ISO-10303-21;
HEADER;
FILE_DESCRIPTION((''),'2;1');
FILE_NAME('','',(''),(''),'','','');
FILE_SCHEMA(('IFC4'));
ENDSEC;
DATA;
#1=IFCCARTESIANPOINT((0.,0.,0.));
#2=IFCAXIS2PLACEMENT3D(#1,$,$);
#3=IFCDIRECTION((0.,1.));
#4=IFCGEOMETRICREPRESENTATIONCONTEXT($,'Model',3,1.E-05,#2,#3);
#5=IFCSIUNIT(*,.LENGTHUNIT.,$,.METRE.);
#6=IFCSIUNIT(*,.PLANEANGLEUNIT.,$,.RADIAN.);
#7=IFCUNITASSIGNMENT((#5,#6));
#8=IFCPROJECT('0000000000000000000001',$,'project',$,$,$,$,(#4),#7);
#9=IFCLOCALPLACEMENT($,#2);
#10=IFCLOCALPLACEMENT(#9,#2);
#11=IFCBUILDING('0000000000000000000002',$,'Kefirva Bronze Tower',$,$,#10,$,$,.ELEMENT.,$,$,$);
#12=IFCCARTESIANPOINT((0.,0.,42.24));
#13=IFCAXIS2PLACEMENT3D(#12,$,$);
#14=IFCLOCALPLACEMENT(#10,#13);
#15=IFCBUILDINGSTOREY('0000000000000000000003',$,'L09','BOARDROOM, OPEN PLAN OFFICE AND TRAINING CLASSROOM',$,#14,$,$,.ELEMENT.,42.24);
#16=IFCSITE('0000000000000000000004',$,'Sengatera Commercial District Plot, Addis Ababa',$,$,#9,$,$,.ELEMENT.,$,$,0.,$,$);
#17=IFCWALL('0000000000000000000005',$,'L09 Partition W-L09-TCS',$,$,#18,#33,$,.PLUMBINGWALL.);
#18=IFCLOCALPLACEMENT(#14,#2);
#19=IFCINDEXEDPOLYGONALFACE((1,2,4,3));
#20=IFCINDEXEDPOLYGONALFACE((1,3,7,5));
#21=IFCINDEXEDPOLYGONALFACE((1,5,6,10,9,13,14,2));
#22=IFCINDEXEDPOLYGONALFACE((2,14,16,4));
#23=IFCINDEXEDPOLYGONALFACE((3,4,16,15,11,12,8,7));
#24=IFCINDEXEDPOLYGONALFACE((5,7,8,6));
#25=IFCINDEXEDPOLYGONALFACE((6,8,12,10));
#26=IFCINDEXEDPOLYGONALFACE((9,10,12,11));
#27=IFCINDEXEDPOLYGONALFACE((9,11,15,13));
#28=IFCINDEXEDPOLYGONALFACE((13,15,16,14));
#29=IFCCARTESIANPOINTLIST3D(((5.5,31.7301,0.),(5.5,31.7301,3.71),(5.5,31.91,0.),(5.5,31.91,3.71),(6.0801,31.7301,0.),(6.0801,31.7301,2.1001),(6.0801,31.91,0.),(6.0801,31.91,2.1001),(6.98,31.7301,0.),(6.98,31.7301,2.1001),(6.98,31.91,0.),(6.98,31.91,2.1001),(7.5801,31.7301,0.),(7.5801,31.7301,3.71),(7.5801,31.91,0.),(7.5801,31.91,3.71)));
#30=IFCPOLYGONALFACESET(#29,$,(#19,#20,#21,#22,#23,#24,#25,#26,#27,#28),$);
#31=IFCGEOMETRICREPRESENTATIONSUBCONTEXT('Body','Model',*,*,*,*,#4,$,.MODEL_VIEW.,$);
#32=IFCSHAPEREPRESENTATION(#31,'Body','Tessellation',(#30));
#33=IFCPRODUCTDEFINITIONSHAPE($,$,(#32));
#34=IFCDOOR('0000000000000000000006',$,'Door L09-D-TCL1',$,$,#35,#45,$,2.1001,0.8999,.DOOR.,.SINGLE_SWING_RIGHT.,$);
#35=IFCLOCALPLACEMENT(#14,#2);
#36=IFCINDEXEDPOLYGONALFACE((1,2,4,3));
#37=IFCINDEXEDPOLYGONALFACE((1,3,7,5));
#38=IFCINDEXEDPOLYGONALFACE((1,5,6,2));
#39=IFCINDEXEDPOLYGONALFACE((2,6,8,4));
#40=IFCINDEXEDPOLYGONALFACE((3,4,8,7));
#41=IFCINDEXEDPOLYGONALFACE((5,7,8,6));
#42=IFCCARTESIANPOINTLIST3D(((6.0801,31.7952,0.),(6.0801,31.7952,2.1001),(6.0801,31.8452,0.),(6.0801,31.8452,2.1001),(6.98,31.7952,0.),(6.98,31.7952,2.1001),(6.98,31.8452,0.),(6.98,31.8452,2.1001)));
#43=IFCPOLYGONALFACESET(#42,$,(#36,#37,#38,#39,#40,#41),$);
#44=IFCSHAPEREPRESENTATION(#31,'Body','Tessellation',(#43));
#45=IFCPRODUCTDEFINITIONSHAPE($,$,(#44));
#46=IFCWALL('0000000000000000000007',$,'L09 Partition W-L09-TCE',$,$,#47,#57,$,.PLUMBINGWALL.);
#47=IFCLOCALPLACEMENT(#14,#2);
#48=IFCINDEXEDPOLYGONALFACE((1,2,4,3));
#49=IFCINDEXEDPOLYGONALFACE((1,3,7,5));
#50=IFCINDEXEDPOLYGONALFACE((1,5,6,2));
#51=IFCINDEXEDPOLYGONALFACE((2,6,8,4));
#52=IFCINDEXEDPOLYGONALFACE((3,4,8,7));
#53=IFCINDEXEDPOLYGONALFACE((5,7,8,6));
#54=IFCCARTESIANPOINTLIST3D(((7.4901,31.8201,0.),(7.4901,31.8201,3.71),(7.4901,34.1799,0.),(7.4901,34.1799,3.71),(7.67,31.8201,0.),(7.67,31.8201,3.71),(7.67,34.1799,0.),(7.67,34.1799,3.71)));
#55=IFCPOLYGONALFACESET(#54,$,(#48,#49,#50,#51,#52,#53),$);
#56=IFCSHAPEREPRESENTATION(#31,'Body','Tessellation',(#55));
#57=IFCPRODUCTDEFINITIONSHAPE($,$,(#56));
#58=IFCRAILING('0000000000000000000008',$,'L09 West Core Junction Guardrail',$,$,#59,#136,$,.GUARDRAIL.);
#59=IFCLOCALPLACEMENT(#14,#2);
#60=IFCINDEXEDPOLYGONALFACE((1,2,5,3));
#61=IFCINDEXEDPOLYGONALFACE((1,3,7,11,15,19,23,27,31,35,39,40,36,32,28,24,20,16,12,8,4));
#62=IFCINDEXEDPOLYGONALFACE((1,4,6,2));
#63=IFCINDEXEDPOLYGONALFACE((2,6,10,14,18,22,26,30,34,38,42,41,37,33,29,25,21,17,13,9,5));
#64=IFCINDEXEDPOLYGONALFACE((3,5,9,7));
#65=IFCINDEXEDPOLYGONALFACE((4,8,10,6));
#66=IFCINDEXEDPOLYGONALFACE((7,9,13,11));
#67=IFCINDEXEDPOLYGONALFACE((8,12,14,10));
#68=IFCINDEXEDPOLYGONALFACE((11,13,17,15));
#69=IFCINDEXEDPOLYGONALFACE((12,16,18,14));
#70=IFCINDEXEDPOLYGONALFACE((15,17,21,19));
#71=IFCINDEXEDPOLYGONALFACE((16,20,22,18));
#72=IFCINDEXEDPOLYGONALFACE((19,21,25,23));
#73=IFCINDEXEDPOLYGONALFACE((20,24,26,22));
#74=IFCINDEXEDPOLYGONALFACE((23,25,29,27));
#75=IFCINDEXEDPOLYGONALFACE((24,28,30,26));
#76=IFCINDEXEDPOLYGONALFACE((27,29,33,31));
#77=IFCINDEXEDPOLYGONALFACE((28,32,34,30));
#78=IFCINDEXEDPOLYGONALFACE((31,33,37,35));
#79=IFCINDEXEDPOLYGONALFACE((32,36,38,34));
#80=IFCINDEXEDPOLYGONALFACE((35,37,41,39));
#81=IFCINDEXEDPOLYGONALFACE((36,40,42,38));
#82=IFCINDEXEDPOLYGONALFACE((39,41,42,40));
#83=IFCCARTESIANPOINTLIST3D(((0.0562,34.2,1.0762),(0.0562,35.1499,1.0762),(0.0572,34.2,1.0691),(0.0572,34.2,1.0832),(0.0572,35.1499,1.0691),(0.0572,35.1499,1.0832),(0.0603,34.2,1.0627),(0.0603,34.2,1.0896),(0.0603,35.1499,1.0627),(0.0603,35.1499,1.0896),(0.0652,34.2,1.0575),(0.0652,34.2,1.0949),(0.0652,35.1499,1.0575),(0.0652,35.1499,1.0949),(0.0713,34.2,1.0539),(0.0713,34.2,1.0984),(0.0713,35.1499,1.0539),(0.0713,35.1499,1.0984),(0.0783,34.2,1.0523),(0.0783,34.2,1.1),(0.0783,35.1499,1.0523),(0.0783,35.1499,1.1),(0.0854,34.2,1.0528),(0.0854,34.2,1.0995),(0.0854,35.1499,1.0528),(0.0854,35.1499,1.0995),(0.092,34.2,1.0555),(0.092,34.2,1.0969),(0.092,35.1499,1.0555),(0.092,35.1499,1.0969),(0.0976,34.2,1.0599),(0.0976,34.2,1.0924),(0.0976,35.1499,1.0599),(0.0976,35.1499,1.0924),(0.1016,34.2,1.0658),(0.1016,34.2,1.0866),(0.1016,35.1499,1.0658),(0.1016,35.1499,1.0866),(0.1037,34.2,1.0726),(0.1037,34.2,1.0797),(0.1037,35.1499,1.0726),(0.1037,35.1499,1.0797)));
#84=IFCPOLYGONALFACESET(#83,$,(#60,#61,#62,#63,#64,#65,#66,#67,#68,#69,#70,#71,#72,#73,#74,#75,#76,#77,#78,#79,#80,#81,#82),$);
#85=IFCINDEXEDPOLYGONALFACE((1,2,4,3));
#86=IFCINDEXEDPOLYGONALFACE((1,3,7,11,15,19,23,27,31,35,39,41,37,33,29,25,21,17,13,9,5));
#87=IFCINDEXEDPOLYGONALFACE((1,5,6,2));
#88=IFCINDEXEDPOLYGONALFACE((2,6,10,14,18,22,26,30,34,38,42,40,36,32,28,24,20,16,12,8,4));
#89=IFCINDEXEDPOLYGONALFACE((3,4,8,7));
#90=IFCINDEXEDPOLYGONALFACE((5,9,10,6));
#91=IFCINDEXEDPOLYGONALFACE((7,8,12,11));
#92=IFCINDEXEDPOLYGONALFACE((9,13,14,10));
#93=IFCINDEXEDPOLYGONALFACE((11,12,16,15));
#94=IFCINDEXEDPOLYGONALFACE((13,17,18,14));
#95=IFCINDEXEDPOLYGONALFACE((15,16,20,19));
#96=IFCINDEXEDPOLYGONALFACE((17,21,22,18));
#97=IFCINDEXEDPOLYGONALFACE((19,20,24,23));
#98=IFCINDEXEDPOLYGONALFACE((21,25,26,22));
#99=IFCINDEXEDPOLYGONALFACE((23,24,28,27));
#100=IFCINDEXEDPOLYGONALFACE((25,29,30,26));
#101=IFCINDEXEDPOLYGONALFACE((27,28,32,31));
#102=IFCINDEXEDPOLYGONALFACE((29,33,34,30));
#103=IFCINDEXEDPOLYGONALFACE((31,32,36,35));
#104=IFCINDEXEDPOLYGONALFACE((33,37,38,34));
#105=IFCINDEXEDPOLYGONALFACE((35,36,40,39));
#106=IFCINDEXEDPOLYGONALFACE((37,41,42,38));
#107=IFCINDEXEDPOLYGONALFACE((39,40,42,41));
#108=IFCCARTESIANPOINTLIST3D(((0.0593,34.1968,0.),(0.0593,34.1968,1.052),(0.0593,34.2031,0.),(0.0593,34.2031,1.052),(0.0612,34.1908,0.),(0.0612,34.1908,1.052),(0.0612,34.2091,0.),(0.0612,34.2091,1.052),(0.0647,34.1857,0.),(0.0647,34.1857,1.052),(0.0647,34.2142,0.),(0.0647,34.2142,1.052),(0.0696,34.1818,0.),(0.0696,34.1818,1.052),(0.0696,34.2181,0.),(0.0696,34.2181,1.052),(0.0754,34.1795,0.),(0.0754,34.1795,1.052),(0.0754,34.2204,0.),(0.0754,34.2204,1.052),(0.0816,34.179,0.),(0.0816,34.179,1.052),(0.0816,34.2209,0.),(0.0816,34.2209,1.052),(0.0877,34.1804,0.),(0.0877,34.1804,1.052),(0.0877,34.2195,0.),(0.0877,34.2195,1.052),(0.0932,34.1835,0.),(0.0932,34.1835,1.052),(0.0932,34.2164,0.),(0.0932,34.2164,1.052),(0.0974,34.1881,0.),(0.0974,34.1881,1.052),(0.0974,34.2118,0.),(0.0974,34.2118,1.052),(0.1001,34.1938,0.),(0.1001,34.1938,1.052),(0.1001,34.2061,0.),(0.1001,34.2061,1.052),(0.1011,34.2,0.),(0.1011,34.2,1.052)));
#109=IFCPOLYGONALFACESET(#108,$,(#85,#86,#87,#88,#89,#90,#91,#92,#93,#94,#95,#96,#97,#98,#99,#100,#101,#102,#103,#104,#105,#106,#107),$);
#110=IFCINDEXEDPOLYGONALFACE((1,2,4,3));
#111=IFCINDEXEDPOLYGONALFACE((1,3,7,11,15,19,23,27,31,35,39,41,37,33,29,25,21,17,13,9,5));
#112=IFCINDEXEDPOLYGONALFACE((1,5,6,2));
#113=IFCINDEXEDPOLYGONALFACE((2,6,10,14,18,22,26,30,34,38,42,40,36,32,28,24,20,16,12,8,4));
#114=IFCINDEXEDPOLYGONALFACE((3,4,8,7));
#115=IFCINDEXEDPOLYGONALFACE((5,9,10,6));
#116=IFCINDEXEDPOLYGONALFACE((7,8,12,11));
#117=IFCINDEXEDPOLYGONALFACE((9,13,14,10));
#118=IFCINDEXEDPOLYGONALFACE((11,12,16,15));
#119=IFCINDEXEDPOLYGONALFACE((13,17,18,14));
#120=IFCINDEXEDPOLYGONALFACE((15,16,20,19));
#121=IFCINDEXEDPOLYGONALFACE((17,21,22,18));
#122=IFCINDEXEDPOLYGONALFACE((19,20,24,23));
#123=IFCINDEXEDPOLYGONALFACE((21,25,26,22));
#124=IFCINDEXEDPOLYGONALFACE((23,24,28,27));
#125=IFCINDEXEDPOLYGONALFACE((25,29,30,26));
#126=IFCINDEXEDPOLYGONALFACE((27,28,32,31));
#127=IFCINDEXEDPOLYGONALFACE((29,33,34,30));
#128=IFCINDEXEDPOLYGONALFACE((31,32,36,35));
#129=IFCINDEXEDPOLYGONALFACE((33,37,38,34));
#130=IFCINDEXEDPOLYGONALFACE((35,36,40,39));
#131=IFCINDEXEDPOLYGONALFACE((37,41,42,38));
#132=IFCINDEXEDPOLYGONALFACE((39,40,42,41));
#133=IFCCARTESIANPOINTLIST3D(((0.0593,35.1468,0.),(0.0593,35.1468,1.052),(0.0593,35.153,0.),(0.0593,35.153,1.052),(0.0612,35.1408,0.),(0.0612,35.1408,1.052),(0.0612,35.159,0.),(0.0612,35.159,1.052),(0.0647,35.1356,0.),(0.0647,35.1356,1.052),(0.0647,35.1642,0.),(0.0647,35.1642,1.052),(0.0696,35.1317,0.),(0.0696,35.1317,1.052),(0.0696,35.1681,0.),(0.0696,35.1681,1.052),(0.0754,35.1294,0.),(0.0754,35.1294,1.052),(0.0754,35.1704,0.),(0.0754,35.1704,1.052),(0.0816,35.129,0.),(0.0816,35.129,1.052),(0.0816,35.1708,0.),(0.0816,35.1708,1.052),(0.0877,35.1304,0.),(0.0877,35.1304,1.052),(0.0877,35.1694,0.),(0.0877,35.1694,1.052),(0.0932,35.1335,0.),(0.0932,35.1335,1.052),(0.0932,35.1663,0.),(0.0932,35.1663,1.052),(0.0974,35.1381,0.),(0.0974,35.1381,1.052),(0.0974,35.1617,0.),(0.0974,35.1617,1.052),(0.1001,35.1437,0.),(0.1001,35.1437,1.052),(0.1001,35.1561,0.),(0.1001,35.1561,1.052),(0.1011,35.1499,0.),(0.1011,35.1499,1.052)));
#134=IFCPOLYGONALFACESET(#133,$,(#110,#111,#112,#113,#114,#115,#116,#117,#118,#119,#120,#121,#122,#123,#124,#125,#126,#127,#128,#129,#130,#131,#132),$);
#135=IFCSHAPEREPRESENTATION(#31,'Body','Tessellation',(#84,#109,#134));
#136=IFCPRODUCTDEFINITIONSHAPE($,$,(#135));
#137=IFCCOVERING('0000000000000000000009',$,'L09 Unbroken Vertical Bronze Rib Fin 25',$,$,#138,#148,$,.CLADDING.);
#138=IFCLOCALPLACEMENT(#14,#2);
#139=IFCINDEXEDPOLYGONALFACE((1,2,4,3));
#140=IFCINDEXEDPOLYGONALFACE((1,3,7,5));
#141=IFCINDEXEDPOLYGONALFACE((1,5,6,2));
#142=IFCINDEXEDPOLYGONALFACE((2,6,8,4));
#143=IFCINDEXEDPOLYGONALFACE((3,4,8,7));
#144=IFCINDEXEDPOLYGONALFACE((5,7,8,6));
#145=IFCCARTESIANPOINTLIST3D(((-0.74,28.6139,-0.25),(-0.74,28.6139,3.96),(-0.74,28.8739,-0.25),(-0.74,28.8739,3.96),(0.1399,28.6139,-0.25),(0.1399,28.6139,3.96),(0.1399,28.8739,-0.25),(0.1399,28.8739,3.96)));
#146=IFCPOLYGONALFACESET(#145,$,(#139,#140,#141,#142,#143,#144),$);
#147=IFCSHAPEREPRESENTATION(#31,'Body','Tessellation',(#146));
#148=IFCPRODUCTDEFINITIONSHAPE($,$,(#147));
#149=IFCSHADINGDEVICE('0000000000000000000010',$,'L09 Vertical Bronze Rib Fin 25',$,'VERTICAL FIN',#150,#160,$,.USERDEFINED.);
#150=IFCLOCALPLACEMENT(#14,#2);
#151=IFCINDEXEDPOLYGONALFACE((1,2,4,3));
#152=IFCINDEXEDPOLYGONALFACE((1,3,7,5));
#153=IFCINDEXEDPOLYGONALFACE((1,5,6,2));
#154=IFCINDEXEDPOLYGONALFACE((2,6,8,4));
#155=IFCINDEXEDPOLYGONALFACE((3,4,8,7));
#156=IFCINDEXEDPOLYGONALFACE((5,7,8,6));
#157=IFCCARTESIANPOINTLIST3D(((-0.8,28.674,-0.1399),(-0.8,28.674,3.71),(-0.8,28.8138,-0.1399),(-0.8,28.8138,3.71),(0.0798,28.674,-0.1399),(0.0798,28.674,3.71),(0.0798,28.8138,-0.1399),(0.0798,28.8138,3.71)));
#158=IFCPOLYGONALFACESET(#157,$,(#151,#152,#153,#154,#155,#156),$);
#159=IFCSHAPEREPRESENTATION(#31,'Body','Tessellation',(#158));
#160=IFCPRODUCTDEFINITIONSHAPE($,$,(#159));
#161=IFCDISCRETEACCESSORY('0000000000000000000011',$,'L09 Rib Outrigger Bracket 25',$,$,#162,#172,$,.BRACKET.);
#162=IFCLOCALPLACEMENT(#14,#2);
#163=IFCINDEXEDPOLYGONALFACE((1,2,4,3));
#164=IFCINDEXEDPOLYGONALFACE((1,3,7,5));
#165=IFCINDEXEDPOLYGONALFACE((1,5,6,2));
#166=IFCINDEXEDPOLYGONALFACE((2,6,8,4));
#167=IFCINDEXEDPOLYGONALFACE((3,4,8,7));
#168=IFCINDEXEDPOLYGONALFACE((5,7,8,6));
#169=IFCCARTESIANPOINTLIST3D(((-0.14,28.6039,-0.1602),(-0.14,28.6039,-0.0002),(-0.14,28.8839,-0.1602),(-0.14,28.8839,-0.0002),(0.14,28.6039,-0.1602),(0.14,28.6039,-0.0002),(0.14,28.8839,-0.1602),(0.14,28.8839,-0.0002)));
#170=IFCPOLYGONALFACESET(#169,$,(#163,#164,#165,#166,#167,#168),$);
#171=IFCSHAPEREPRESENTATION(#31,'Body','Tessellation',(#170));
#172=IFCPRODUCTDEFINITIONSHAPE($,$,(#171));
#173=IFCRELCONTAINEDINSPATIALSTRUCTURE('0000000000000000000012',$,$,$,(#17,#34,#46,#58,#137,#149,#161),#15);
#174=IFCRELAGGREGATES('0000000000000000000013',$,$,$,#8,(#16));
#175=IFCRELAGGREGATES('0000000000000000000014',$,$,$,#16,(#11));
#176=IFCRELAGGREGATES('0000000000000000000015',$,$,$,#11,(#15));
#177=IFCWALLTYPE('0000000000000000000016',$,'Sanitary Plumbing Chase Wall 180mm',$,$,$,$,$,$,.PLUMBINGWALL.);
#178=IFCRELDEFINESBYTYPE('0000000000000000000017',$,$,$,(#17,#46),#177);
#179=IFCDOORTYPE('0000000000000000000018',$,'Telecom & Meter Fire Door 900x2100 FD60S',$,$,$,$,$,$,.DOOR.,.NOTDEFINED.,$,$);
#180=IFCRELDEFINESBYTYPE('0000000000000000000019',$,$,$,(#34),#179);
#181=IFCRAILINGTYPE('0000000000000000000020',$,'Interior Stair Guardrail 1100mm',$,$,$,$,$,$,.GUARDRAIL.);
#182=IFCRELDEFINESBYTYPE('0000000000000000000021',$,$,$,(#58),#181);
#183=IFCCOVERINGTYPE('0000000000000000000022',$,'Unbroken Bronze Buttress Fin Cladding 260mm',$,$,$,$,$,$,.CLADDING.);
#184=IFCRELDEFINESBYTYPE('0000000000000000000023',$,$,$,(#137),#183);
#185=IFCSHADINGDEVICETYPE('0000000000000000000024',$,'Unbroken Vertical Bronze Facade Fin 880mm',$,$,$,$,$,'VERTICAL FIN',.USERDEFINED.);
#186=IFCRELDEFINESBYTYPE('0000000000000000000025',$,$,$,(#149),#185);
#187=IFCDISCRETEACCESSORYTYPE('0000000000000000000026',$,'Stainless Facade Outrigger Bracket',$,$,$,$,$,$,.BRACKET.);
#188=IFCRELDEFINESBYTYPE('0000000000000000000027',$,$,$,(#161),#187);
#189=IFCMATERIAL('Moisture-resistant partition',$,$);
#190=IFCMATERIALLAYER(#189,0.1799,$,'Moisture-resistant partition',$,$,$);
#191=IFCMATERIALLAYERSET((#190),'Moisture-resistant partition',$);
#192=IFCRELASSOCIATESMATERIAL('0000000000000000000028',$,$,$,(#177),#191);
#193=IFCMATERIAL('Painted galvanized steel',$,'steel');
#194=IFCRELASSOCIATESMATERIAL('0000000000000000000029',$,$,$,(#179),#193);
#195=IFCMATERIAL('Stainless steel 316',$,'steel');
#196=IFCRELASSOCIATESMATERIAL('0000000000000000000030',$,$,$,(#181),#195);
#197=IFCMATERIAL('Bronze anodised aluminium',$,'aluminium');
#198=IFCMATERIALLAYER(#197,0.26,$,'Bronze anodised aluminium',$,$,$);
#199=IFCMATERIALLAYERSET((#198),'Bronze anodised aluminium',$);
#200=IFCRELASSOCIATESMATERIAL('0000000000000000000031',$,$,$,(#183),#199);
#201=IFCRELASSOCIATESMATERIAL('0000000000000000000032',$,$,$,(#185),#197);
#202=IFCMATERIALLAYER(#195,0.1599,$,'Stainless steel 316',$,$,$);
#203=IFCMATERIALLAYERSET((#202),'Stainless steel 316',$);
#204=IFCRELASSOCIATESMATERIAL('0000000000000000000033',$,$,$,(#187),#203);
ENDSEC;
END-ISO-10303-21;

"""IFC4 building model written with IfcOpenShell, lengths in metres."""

from ifc_helpers import new_model, si_unit, direction, frame, frame_2d, origin, origin_2d, place, context, subcontext, project, spatial, rectangle, circle, extrude, material, layer, layer_set, material_profile, profile_set, type_object, element, fill, save


model = new_model("IFC4")

# Units and contexts
model_context = context("Model", 3, precision=1e-05, world=origin(), true_north=direction((0.0, 1.0)))
body_context = subcontext(model_context, "Body", "Model", "MODEL_VIEW")
ifc_project = project(units=[si_unit("LENGTHUNIT", "METRE"), si_unit("PLANEANGLEUNIT", "RADIAN")], contexts=[model_context])

# Site, building, storey
site_placement = place(None, origin())
site = spatial("IfcSite", under=ifc_project, at=site_placement, Name="Sengatera Commercial District Plot, Addis Ababa", CompositionType="ELEMENT", RefElevation=0.0)
building_placement = place(site_placement, origin())
building = spatial("IfcBuilding", under=site, at=building_placement, Name="Kefirva Bronze Tower", CompositionType="ELEMENT")
storey_placement = place(building_placement, frame((0.0, 0.0, 42.24)))
storey = spatial("IfcBuildingStorey", under=building, at=storey_placement, Name="L09", Description="BOARDROOM, OPEN PLAN OFFICE AND TRAINING CLASSROOM", CompositionType="ELEMENT", Elevation=42.24)

# Shared definitions
ifc_material_1 = material(Name="Bronze anodised aluminium", Category="aluminium")

# Shared definitions
ifc_material_2 = material(Name="Painted galvanized steel", Category="steel")

# Wall, opening, door
ifc_material_3 = material(Name="Moisture-resistant partition")
ifc_layer_1 = layer(ifc_material_3, 0.1799, Name="Moisture-resistant partition")
ifc_layer_set_1 = layer_set([ifc_layer_1], Name="Moisture-resistant partition")
wall_type_1 = type_object("IfcWallType", Name="Sanitary Plumbing Chase Wall 180mm", PredefinedType="PLUMBINGWALL", material=ifc_layer_set_1)
wall_1_placement = place(storey_placement, frame((5.5, 31.8201, 0.0), z_axis=(0.0, 0.0, 1.0), x_axis=(1.0, 0.0, 0.0)))
wall_1 = element("IfcWall", 1, at=wall_1_placement, inside=storey, type_object=wall_type_1, Name="L09 Partition W-L09-TCS", PredefinedType="PLUMBINGWALL", context=body_context, shape_type="SweptSolid", body=[
    extrude(rectangle(XDim=2.0801, YDim=0.1799, at=frame_2d((1.04, 0.0))), origin(), (0.0, 0.0, 1.0), 3.71),
])
opening_1_placement = place(wall_1_placement, frame((1.48, 0.0, 0.0), z_axis=(0.0, 0.0, 1.0), x_axis=(-1.0, 0.0, 0.0)))
opening_1 = element("IfcOpeningElement", 2, at=opening_1_placement, cuts=wall_1, PredefinedType="OPENING", context=body_context, shape_type="SweptSolid", body=[
    extrude(rectangle(XDim=0.8999, YDim=2.1001, at=frame_2d((0.45, 1.05))), frame((0.0, 0.1001, 0.0), z_axis=(0.0, -1.0, 0.0), x_axis=(1.0, 0.0, 0.0)), (0.0, 0.0, 1.0), 0.2),
])
door_type_1 = type_object("IfcDoorType", Name="Telecom & Meter Fire Door 900x2100 FD60S", OperationType="NOTDEFINED", PredefinedType="DOOR", material=ifc_material_2)
door_1_placement = place(opening_1_placement, origin())
door_1 = element("IfcDoor", 3, at=door_1_placement, inside=storey, type_object=door_type_1, Name="Door L09-D-TCL1", OperationType="SINGLE_SWING_RIGHT", OverallHeight=2.1001, OverallWidth=0.8999, PredefinedType="DOOR", context=body_context, shape_type="SweptSolid", body=[
    extrude(rectangle(XDim=0.8999, YDim=2.1001, at=frame_2d((0.45, 1.05))), frame((0.0, 0.0249, 0.0), z_axis=(0.0, -1.0, 0.0), x_axis=(1.0, 0.0, 0.0)), (0.0, 0.0, 1.0), 0.05),
])
fill(opening_1, door_1)

# Wall
wall_2_placement = place(storey_placement, frame((7.5801, 31.8201, 0.0), z_axis=(0.0, 0.0, 1.0), x_axis=(0.0, 1.0, 0.0)))
element("IfcWall", 4, at=wall_2_placement, inside=storey, type_object=wall_type_1, Name="L09 Partition W-L09-TCE", PredefinedType="PLUMBINGWALL", context=body_context, shape_type="SweptSolid", body=[
    extrude(rectangle(XDim=2.3599, YDim=0.1799, at=frame_2d((1.1799, 0.0))), origin(), (0.0, 0.0, 1.0), 3.71),
])

# Railing
ifc_material_4 = material(Name="Stainless steel 316", Category="steel")
railing_type = type_object("IfcRailingType", Name="Interior Stair Guardrail 1100mm", PredefinedType="GUARDRAIL", material=ifc_material_4)
railing_placement = place(storey_placement, frame((0.0801, 34.2, 0.0)))
element("IfcRailing", 5, at=railing_placement, inside=storey, type_object=railing_type, Name="L09 West Core Junction Guardrail", PredefinedType="GUARDRAIL", context=body_context, shape_type="SweptSolid", body=[
    extrude(circle(Radius=0.0239, at=origin_2d()), frame((0.0, 0.0, 1.0762), z_axis=(0.0, 1.0, 0.0), x_axis=(-1.0, 0.0, 0.0)), (0.0, 0.0, 1.0), 0.95),
    extrude(circle(Radius=0.021, at=origin_2d()), origin(), (0.0, 0.0, 1.0), 1.052),
    extrude(circle(Radius=0.021, at=origin_2d()), frame((0.0, 0.95, 0.0)), (0.0, 0.0, 1.0), 1.052),
])

# Covering
ifc_layer_2 = layer(ifc_material_1, 0.26, Name="Bronze anodised aluminium")
ifc_layer_set_2 = layer_set([ifc_layer_2], Name="Bronze anodised aluminium")
covering_type = type_object("IfcCoveringType", Name="Unbroken Bronze Buttress Fin Cladding 260mm", PredefinedType="CLADDING", material=ifc_layer_set_2)
covering_placement = place(storey_placement, frame((-0.3, 28.7439, -0.25), z_axis=(0.0, 0.0, 1.0), x_axis=(0.0, -1.0, 0.0)))
element("IfcCovering", 6, at=covering_placement, inside=storey, type_object=covering_type, Name="L09 Unbroken Vertical Bronze Rib Fin 25", PredefinedType="CLADDING", context=body_context, shape_type="SweptSolid", body=[
    extrude(rectangle(XDim=0.26, YDim=0.8799, at=origin_2d()), origin(), (0.0, 0.0, 1.0), 4.21),
])

# Shading device
ifc_material_profile_1 = material_profile(ifc_material_1, rectangle(XDim=0.1399, YDim=0.8799, at=origin_2d()), Name="BRONZE FIN 140x880")
ifc_profile_set_1 = profile_set([ifc_material_profile_1], Name="Bronze anodised aluminium")
shading_device_type = type_object("IfcShadingDeviceType", Name="Unbroken Vertical Bronze Facade Fin 880mm", ElementType="VERTICAL FIN", PredefinedType="USERDEFINED", material=ifc_profile_set_1)
shading_device_placement = place(storey_placement, frame((-0.3601, 28.7439, -0.1399), z_axis=(0.0, 0.0, 1.0), x_axis=(0.0, -1.0, 0.0)))
element("IfcShadingDevice", 7, at=shading_device_placement, inside=storey, type_object=shading_device_type, Name="L09 Vertical Bronze Rib Fin 25", ObjectType="VERTICAL FIN", PredefinedType="USERDEFINED", context=body_context, shape_type="SweptSolid", body=[
    extrude(rectangle(XDim=0.1399, YDim=0.8799, at=origin_2d()), origin(), (0.0, 0.0, 1.0), 3.8499),
])

# Discrete accessory
ifc_layer_3 = layer(ifc_material_4, 0.1599, Name="Stainless steel 316")
ifc_layer_set_3 = layer_set([ifc_layer_3], Name="Stainless steel 316")
discrete_accessory_type = type_object("IfcDiscreteAccessoryType", Name="Stainless Facade Outrigger Bracket", PredefinedType="BRACKET", material=ifc_layer_set_3)
discrete_accessory_placement = place(storey_placement, frame((0.0, 28.7439, -0.1602), z_axis=(0.0, 0.0, 1.0), x_axis=(0.0, -1.0, 0.0)))
element("IfcDiscreteAccessory", 8, at=discrete_accessory_placement, inside=storey, type_object=discrete_accessory_type, Name="L09 Rib Outrigger Bracket 25", PredefinedType="BRACKET", context=body_context, shape_type="SweptSolid", body=[
    extrude(rectangle(XDim=0.28, YDim=0.28, at=origin_2d()), origin(), (0.0, 0.0, 1.0), 0.1599),
])

save(model, "model.ifc")
